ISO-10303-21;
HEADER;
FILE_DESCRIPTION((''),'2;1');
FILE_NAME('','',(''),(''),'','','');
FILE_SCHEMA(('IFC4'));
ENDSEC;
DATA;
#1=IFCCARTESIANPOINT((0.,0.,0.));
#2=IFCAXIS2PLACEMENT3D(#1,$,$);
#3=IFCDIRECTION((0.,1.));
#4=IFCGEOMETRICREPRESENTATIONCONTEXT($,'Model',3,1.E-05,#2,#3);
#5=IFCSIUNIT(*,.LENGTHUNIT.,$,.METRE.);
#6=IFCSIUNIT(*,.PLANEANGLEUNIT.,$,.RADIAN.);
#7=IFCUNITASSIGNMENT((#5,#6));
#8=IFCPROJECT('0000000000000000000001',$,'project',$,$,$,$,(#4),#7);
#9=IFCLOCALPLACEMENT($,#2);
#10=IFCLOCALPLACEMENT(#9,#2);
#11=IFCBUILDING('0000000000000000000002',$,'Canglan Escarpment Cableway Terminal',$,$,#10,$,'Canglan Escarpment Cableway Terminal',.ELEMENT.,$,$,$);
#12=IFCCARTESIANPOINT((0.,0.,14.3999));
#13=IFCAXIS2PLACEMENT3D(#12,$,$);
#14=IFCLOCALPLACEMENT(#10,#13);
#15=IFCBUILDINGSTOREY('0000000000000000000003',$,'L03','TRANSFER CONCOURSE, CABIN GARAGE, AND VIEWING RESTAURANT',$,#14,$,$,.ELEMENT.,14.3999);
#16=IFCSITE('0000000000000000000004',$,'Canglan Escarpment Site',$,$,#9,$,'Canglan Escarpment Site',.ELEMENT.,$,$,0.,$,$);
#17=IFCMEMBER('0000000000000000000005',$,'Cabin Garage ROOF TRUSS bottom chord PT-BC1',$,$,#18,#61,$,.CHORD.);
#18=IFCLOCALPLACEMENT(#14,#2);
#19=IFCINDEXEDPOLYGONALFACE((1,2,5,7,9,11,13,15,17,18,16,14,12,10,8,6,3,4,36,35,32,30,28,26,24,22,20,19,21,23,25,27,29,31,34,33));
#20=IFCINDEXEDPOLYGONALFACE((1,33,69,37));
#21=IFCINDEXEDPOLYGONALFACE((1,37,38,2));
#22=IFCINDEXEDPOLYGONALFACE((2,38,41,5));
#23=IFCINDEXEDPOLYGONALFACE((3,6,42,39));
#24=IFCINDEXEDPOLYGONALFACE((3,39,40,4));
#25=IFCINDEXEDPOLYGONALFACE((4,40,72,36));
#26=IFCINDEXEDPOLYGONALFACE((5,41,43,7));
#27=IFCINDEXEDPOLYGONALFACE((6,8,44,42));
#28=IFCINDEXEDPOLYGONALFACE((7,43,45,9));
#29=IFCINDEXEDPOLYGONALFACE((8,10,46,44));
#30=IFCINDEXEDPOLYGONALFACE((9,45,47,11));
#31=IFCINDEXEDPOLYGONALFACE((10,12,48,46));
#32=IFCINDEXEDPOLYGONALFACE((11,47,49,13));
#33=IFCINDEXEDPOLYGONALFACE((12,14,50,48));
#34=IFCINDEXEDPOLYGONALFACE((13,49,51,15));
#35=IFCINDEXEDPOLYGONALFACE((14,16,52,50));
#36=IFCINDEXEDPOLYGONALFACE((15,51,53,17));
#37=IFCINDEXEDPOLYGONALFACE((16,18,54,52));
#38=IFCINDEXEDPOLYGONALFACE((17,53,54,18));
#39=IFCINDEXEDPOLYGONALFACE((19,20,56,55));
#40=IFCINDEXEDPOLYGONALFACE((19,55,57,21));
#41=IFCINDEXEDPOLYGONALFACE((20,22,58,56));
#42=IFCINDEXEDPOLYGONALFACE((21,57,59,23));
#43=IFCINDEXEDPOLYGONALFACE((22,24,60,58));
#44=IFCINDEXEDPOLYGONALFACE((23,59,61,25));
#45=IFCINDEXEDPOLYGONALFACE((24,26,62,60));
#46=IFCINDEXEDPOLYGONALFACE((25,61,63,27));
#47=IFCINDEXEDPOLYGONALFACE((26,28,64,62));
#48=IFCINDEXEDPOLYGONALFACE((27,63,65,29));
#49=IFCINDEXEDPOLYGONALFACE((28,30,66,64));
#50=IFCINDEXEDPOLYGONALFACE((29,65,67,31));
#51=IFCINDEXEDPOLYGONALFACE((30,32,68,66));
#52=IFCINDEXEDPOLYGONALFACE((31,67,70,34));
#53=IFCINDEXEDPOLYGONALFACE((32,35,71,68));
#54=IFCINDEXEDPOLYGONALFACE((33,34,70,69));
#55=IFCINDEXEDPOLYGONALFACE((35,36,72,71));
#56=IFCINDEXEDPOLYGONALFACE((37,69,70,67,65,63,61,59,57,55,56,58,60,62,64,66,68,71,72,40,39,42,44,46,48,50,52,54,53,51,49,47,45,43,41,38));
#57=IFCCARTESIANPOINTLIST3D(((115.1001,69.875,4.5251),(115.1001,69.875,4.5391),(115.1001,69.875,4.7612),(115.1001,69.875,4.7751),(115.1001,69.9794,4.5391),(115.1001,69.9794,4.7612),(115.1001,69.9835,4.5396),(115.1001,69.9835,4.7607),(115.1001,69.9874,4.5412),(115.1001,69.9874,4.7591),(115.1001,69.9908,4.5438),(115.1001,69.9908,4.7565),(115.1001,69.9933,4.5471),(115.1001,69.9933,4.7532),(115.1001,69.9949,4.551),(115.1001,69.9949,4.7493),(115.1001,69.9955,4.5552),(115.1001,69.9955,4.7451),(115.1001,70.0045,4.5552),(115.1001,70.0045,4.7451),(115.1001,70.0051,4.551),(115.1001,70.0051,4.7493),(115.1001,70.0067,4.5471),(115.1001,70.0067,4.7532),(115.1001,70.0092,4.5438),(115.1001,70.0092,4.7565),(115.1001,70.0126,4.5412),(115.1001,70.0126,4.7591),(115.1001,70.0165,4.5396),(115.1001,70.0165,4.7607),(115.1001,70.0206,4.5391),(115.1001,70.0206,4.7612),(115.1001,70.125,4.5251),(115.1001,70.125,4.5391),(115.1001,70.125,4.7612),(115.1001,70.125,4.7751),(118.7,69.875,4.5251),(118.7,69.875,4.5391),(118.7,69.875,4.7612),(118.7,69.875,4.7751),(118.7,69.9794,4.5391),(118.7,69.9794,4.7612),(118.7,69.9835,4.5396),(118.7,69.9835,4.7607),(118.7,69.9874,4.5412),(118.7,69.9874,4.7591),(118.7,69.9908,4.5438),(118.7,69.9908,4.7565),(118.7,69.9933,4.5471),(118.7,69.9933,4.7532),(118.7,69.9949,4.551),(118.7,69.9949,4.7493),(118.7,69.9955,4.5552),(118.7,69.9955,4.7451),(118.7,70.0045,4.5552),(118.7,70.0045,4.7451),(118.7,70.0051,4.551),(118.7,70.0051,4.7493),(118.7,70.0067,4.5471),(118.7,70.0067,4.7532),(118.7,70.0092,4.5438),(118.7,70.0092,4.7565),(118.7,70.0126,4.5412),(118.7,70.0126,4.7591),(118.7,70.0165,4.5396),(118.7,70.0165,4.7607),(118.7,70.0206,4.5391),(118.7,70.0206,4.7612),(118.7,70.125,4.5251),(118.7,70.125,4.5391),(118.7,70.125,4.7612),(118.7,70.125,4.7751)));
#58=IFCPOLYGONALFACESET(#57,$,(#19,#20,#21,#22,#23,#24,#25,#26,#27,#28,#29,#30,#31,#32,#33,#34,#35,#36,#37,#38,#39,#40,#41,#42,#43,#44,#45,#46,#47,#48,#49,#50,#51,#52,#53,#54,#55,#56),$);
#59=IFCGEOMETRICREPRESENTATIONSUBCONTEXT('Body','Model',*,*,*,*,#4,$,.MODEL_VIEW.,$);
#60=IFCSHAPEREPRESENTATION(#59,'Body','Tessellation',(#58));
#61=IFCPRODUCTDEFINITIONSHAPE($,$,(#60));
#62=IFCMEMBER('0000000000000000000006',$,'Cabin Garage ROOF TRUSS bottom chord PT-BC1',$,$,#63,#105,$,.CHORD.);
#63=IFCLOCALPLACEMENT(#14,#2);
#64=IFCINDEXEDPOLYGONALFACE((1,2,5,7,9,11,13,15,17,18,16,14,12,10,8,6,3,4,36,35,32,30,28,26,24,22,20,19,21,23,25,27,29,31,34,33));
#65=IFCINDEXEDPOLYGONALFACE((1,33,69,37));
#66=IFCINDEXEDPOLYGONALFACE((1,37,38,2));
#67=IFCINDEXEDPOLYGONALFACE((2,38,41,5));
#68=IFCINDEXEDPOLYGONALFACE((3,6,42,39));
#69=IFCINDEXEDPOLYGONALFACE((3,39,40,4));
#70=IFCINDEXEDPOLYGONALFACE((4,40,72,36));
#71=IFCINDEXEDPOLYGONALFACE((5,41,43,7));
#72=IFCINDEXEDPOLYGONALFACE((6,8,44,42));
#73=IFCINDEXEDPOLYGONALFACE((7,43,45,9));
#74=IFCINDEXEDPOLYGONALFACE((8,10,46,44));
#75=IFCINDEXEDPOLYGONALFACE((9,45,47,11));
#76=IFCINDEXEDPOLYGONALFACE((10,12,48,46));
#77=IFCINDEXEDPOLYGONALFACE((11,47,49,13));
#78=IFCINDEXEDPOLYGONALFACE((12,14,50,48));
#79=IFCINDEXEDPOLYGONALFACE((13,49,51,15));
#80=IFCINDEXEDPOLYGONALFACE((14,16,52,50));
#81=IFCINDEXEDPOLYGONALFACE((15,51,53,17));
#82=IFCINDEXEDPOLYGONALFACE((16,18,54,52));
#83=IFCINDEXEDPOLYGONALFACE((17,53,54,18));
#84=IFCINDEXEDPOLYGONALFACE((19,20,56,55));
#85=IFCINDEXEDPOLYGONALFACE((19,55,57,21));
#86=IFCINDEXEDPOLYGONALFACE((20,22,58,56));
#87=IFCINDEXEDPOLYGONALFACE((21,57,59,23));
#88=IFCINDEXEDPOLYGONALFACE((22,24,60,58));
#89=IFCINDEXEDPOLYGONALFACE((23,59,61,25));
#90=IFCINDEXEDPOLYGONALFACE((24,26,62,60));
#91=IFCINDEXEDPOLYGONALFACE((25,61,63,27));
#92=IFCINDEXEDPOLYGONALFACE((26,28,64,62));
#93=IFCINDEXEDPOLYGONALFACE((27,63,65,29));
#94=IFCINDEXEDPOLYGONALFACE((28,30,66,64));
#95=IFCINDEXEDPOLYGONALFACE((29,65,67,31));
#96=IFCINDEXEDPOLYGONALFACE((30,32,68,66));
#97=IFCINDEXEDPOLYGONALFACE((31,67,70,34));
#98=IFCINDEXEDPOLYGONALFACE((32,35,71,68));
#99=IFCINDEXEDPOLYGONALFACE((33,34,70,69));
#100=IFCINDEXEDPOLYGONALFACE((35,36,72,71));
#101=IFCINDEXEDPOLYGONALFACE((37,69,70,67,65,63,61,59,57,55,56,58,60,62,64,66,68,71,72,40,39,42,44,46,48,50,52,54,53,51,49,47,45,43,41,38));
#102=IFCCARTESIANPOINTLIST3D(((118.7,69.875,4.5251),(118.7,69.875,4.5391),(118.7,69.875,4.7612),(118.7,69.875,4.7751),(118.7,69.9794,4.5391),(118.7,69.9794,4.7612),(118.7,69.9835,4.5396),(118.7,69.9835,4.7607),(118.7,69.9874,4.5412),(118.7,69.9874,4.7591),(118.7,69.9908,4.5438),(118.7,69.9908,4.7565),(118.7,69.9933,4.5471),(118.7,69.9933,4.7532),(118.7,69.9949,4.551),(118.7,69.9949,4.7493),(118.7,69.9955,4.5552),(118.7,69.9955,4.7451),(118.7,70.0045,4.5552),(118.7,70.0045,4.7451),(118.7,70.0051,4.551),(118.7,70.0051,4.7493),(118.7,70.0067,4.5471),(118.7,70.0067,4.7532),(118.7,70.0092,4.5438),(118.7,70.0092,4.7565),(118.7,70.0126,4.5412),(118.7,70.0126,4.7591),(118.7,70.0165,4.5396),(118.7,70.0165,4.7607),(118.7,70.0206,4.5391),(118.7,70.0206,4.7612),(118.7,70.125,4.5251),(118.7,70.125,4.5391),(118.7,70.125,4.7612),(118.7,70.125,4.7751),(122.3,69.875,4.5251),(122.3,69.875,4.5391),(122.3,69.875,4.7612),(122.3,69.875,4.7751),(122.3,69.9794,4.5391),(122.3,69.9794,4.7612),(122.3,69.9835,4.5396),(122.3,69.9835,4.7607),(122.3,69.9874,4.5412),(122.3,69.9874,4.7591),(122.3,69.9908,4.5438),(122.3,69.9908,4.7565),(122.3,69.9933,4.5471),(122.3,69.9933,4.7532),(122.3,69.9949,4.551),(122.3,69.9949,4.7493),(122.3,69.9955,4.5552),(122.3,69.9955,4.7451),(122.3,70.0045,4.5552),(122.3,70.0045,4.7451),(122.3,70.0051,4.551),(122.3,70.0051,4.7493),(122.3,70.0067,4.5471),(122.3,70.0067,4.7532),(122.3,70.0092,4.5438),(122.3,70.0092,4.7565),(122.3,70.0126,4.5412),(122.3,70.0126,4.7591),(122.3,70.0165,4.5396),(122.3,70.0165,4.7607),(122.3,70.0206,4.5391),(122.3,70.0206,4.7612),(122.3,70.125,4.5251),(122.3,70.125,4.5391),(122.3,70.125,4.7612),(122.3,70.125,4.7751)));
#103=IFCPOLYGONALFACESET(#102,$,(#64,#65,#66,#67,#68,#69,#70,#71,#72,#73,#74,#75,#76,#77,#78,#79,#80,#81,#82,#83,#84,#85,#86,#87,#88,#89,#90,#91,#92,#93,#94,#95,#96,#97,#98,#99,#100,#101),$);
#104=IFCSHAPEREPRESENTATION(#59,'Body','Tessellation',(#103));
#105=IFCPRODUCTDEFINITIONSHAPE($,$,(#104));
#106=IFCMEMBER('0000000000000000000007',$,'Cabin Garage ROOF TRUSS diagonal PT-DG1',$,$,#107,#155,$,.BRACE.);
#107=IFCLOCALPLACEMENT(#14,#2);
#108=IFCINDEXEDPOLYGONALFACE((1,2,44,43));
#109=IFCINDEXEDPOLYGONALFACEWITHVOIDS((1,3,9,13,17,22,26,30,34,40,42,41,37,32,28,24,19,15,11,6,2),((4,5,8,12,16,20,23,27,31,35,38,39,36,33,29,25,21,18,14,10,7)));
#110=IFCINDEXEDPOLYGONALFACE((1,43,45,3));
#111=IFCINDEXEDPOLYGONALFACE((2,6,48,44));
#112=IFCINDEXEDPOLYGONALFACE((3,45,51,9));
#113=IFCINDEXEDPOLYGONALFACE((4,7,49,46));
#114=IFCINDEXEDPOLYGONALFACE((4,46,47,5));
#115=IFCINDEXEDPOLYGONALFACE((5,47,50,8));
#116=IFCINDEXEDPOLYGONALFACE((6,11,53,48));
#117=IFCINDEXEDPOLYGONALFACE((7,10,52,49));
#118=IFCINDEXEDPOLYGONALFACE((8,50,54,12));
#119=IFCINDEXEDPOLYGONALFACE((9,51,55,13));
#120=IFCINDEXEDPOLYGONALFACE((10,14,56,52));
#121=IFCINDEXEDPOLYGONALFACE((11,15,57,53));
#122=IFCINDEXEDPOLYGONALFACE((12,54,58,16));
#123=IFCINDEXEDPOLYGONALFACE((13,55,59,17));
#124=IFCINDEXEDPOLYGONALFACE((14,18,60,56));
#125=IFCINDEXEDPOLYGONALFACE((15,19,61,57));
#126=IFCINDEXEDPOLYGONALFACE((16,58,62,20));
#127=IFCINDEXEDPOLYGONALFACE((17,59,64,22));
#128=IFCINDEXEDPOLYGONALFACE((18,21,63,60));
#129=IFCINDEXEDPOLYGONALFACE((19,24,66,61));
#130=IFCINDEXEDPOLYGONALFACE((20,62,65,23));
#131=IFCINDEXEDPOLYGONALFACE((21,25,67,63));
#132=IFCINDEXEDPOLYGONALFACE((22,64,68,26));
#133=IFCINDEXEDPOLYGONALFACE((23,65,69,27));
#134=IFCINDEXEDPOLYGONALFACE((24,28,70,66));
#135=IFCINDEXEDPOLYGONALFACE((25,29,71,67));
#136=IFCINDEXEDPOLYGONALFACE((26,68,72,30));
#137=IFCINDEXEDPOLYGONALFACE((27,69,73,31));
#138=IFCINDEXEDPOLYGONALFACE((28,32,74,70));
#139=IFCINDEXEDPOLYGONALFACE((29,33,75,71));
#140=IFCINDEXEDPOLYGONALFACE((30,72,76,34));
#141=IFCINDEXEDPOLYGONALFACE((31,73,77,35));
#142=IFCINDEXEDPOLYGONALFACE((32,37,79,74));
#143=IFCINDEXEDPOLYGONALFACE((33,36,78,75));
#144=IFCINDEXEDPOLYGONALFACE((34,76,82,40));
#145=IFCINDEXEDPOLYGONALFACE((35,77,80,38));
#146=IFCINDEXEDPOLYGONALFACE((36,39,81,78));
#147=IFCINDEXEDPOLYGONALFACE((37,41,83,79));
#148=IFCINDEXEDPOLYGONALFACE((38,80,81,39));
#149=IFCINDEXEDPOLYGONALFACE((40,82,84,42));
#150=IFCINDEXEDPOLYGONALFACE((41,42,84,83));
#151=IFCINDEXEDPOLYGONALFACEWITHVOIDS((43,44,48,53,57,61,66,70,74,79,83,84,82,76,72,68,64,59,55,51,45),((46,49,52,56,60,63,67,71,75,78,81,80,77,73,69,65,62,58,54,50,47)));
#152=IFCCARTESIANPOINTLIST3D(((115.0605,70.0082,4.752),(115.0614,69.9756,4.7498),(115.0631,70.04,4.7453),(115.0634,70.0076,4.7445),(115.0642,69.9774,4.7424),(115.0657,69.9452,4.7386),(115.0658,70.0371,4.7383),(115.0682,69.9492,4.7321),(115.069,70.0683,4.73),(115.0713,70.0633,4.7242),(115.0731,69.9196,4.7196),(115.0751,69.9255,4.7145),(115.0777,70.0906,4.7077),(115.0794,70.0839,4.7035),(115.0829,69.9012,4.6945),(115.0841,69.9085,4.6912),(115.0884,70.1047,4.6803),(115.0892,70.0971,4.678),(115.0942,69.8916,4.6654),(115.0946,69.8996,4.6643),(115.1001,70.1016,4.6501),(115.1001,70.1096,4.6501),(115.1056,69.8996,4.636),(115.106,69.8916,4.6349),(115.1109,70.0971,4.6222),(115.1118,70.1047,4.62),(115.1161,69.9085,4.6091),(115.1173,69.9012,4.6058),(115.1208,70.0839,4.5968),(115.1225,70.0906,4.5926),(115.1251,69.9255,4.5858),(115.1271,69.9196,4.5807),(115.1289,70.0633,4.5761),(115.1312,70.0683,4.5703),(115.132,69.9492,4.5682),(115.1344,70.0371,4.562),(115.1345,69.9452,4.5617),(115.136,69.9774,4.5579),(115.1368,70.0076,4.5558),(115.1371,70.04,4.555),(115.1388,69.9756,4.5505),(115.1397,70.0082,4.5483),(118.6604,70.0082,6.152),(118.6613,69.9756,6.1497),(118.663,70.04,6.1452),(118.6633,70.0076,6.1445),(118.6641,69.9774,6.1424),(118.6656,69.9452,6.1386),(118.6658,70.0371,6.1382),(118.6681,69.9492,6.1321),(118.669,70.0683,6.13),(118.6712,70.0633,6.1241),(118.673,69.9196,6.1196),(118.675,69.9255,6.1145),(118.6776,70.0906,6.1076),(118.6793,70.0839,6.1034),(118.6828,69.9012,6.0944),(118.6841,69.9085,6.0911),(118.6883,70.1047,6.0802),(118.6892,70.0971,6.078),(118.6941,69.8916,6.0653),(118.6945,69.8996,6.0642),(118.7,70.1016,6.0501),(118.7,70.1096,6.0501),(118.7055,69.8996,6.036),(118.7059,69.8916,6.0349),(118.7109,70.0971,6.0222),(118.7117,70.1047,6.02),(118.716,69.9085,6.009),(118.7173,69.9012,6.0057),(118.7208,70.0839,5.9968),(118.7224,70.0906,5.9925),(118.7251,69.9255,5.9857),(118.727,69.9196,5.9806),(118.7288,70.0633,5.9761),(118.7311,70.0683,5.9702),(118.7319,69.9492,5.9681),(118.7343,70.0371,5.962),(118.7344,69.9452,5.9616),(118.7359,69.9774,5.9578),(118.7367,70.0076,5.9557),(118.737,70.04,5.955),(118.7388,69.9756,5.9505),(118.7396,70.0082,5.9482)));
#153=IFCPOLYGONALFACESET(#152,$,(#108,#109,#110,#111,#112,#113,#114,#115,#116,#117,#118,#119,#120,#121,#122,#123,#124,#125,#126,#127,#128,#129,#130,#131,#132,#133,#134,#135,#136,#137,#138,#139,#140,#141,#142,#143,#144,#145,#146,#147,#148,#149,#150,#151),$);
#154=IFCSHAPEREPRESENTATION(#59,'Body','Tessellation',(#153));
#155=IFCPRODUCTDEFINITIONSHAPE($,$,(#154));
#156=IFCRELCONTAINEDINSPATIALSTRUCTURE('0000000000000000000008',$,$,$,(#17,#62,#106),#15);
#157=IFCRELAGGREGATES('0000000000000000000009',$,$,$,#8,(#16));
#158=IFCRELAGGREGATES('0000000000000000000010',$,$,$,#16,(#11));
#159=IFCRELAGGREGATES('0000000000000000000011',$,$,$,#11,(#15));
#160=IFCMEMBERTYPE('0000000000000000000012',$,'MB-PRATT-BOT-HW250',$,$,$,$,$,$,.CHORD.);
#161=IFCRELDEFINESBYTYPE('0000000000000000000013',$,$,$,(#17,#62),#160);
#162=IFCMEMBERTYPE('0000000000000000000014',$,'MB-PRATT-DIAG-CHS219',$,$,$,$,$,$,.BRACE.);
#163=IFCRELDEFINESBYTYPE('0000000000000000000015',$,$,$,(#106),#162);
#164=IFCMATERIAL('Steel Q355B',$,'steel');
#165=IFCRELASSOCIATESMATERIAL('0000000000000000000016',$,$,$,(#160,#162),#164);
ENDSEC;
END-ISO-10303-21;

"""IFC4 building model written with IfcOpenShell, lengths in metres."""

from ifc_helpers import new_model, si_unit, direction, frame, origin, origin_2d, place, context, subcontext, project, spatial, hollow_circle, i_section, extrude, material, material_profile, profile_set, type_object, element, save


model = new_model("IFC4")

# Units and contexts
model_context = context("Model", 3, precision=1e-05, world=origin(), true_north=direction((0.0, 1.0)))
body_context = subcontext(model_context, "Body", "Model", "MODEL_VIEW")
ifc_project = project(units=[si_unit("LENGTHUNIT", "METRE"), si_unit("PLANEANGLEUNIT", "RADIAN")], contexts=[model_context])

# Site, building, storey
site_placement = place(None, origin())
site = spatial("IfcSite", under=ifc_project, at=site_placement, Name="Canglan Escarpment Site", LongName="Canglan Escarpment Site", CompositionType="ELEMENT", RefElevation=0.0)
building_placement = place(site_placement, origin())
building = spatial("IfcBuilding", under=site, at=building_placement, Name="Canglan Escarpment Cableway Terminal", LongName="Canglan Escarpment Cableway Terminal", CompositionType="ELEMENT")
storey_placement = place(building_placement, frame((0.0, 0.0, 14.3999)))
storey = spatial("IfcBuildingStorey", under=building, at=storey_placement, Name="L03", Description="TRANSFER CONCOURSE, CABIN GARAGE, AND VIEWING RESTAURANT", CompositionType="ELEMENT", Elevation=14.3999)

# Shared definitions
ifc_material_1 = material(Name="Steel Q355B", Category="steel")

# Members
ifc_material_profile_1 = material_profile(ifc_material_1, i_section(OverallWidth=0.25, OverallDepth=0.25, WebThickness=0.009, FlangeThickness=0.0139, FilletRadius=0.0161, at=origin_2d()), Name="HW 250x250x9x14")
ifc_profile_set_1 = profile_set([ifc_material_profile_1], Name="Steel Q355B")
member_type_1 = type_object("IfcMemberType", Name="MB-PRATT-BOT-HW250", PredefinedType="CHORD", material=ifc_profile_set_1)
member_1_placement = place(storey_placement, frame((115.1001, 70.0, 4.6501), z_axis=(1.0, 0.0, 0.0), x_axis=(0.0, 1.0, 0.0)))
element("IfcMember", 1, at=member_1_placement, inside=storey, type_object=member_type_1, Name="Cabin Garage ROOF TRUSS bottom chord PT-BC1", PredefinedType="CHORD", context=body_context, shape_type="SweptSolid", body=[
    extrude(i_section(OverallWidth=0.25, OverallDepth=0.25, WebThickness=0.009, FlangeThickness=0.0139, FilletRadius=0.0161, at=origin_2d()), origin(), (0.0, 0.0, 1.0), 3.5999),
])
member_2_placement = place(storey_placement, frame((118.7, 70.0, 4.6501), z_axis=(1.0, 0.0, 0.0), x_axis=(0.0, 1.0, 0.0)))
element("IfcMember", 2, at=member_2_placement, inside=storey, type_object=member_type_1, Name="Cabin Garage ROOF TRUSS bottom chord PT-BC1", PredefinedType="CHORD", context=body_context, shape_type="SweptSolid", body=[
    extrude(i_section(OverallWidth=0.25, OverallDepth=0.25, WebThickness=0.009, FlangeThickness=0.0139, FilletRadius=0.0161, at=origin_2d()), origin(), (0.0, 0.0, 1.0), 3.6001),
])
ifc_material_profile_2 = material_profile(ifc_material_1, hollow_circle(Radius=0.1096, WallThickness=0.0081, at=origin_2d()), Name="CHS 219.1x8")
ifc_profile_set_2 = profile_set([ifc_material_profile_2], Name="Steel Q355B")
member_type_2 = type_object("IfcMemberType", Name="MB-PRATT-DIAG-CHS219", PredefinedType="BRACE", material=ifc_profile_set_2)
member_3_placement = place(storey_placement, frame((115.1001, 70.0, 4.6501), z_axis=(0.932008, 0.0, 0.362437), x_axis=(0.0, 1.0, 0.0)))
element("IfcMember", 3, at=member_3_placement, inside=storey, type_object=member_type_2, Name="Cabin Garage ROOF TRUSS diagonal PT-DG1", PredefinedType="BRACE", context=body_context, shape_type="SweptSolid", body=[
    extrude(hollow_circle(Radius=0.1096, WallThickness=0.0081, at=origin_2d()), origin(), (0.0, 0.0, 1.0), 3.8625),
])

save(model, "model.ifc")
